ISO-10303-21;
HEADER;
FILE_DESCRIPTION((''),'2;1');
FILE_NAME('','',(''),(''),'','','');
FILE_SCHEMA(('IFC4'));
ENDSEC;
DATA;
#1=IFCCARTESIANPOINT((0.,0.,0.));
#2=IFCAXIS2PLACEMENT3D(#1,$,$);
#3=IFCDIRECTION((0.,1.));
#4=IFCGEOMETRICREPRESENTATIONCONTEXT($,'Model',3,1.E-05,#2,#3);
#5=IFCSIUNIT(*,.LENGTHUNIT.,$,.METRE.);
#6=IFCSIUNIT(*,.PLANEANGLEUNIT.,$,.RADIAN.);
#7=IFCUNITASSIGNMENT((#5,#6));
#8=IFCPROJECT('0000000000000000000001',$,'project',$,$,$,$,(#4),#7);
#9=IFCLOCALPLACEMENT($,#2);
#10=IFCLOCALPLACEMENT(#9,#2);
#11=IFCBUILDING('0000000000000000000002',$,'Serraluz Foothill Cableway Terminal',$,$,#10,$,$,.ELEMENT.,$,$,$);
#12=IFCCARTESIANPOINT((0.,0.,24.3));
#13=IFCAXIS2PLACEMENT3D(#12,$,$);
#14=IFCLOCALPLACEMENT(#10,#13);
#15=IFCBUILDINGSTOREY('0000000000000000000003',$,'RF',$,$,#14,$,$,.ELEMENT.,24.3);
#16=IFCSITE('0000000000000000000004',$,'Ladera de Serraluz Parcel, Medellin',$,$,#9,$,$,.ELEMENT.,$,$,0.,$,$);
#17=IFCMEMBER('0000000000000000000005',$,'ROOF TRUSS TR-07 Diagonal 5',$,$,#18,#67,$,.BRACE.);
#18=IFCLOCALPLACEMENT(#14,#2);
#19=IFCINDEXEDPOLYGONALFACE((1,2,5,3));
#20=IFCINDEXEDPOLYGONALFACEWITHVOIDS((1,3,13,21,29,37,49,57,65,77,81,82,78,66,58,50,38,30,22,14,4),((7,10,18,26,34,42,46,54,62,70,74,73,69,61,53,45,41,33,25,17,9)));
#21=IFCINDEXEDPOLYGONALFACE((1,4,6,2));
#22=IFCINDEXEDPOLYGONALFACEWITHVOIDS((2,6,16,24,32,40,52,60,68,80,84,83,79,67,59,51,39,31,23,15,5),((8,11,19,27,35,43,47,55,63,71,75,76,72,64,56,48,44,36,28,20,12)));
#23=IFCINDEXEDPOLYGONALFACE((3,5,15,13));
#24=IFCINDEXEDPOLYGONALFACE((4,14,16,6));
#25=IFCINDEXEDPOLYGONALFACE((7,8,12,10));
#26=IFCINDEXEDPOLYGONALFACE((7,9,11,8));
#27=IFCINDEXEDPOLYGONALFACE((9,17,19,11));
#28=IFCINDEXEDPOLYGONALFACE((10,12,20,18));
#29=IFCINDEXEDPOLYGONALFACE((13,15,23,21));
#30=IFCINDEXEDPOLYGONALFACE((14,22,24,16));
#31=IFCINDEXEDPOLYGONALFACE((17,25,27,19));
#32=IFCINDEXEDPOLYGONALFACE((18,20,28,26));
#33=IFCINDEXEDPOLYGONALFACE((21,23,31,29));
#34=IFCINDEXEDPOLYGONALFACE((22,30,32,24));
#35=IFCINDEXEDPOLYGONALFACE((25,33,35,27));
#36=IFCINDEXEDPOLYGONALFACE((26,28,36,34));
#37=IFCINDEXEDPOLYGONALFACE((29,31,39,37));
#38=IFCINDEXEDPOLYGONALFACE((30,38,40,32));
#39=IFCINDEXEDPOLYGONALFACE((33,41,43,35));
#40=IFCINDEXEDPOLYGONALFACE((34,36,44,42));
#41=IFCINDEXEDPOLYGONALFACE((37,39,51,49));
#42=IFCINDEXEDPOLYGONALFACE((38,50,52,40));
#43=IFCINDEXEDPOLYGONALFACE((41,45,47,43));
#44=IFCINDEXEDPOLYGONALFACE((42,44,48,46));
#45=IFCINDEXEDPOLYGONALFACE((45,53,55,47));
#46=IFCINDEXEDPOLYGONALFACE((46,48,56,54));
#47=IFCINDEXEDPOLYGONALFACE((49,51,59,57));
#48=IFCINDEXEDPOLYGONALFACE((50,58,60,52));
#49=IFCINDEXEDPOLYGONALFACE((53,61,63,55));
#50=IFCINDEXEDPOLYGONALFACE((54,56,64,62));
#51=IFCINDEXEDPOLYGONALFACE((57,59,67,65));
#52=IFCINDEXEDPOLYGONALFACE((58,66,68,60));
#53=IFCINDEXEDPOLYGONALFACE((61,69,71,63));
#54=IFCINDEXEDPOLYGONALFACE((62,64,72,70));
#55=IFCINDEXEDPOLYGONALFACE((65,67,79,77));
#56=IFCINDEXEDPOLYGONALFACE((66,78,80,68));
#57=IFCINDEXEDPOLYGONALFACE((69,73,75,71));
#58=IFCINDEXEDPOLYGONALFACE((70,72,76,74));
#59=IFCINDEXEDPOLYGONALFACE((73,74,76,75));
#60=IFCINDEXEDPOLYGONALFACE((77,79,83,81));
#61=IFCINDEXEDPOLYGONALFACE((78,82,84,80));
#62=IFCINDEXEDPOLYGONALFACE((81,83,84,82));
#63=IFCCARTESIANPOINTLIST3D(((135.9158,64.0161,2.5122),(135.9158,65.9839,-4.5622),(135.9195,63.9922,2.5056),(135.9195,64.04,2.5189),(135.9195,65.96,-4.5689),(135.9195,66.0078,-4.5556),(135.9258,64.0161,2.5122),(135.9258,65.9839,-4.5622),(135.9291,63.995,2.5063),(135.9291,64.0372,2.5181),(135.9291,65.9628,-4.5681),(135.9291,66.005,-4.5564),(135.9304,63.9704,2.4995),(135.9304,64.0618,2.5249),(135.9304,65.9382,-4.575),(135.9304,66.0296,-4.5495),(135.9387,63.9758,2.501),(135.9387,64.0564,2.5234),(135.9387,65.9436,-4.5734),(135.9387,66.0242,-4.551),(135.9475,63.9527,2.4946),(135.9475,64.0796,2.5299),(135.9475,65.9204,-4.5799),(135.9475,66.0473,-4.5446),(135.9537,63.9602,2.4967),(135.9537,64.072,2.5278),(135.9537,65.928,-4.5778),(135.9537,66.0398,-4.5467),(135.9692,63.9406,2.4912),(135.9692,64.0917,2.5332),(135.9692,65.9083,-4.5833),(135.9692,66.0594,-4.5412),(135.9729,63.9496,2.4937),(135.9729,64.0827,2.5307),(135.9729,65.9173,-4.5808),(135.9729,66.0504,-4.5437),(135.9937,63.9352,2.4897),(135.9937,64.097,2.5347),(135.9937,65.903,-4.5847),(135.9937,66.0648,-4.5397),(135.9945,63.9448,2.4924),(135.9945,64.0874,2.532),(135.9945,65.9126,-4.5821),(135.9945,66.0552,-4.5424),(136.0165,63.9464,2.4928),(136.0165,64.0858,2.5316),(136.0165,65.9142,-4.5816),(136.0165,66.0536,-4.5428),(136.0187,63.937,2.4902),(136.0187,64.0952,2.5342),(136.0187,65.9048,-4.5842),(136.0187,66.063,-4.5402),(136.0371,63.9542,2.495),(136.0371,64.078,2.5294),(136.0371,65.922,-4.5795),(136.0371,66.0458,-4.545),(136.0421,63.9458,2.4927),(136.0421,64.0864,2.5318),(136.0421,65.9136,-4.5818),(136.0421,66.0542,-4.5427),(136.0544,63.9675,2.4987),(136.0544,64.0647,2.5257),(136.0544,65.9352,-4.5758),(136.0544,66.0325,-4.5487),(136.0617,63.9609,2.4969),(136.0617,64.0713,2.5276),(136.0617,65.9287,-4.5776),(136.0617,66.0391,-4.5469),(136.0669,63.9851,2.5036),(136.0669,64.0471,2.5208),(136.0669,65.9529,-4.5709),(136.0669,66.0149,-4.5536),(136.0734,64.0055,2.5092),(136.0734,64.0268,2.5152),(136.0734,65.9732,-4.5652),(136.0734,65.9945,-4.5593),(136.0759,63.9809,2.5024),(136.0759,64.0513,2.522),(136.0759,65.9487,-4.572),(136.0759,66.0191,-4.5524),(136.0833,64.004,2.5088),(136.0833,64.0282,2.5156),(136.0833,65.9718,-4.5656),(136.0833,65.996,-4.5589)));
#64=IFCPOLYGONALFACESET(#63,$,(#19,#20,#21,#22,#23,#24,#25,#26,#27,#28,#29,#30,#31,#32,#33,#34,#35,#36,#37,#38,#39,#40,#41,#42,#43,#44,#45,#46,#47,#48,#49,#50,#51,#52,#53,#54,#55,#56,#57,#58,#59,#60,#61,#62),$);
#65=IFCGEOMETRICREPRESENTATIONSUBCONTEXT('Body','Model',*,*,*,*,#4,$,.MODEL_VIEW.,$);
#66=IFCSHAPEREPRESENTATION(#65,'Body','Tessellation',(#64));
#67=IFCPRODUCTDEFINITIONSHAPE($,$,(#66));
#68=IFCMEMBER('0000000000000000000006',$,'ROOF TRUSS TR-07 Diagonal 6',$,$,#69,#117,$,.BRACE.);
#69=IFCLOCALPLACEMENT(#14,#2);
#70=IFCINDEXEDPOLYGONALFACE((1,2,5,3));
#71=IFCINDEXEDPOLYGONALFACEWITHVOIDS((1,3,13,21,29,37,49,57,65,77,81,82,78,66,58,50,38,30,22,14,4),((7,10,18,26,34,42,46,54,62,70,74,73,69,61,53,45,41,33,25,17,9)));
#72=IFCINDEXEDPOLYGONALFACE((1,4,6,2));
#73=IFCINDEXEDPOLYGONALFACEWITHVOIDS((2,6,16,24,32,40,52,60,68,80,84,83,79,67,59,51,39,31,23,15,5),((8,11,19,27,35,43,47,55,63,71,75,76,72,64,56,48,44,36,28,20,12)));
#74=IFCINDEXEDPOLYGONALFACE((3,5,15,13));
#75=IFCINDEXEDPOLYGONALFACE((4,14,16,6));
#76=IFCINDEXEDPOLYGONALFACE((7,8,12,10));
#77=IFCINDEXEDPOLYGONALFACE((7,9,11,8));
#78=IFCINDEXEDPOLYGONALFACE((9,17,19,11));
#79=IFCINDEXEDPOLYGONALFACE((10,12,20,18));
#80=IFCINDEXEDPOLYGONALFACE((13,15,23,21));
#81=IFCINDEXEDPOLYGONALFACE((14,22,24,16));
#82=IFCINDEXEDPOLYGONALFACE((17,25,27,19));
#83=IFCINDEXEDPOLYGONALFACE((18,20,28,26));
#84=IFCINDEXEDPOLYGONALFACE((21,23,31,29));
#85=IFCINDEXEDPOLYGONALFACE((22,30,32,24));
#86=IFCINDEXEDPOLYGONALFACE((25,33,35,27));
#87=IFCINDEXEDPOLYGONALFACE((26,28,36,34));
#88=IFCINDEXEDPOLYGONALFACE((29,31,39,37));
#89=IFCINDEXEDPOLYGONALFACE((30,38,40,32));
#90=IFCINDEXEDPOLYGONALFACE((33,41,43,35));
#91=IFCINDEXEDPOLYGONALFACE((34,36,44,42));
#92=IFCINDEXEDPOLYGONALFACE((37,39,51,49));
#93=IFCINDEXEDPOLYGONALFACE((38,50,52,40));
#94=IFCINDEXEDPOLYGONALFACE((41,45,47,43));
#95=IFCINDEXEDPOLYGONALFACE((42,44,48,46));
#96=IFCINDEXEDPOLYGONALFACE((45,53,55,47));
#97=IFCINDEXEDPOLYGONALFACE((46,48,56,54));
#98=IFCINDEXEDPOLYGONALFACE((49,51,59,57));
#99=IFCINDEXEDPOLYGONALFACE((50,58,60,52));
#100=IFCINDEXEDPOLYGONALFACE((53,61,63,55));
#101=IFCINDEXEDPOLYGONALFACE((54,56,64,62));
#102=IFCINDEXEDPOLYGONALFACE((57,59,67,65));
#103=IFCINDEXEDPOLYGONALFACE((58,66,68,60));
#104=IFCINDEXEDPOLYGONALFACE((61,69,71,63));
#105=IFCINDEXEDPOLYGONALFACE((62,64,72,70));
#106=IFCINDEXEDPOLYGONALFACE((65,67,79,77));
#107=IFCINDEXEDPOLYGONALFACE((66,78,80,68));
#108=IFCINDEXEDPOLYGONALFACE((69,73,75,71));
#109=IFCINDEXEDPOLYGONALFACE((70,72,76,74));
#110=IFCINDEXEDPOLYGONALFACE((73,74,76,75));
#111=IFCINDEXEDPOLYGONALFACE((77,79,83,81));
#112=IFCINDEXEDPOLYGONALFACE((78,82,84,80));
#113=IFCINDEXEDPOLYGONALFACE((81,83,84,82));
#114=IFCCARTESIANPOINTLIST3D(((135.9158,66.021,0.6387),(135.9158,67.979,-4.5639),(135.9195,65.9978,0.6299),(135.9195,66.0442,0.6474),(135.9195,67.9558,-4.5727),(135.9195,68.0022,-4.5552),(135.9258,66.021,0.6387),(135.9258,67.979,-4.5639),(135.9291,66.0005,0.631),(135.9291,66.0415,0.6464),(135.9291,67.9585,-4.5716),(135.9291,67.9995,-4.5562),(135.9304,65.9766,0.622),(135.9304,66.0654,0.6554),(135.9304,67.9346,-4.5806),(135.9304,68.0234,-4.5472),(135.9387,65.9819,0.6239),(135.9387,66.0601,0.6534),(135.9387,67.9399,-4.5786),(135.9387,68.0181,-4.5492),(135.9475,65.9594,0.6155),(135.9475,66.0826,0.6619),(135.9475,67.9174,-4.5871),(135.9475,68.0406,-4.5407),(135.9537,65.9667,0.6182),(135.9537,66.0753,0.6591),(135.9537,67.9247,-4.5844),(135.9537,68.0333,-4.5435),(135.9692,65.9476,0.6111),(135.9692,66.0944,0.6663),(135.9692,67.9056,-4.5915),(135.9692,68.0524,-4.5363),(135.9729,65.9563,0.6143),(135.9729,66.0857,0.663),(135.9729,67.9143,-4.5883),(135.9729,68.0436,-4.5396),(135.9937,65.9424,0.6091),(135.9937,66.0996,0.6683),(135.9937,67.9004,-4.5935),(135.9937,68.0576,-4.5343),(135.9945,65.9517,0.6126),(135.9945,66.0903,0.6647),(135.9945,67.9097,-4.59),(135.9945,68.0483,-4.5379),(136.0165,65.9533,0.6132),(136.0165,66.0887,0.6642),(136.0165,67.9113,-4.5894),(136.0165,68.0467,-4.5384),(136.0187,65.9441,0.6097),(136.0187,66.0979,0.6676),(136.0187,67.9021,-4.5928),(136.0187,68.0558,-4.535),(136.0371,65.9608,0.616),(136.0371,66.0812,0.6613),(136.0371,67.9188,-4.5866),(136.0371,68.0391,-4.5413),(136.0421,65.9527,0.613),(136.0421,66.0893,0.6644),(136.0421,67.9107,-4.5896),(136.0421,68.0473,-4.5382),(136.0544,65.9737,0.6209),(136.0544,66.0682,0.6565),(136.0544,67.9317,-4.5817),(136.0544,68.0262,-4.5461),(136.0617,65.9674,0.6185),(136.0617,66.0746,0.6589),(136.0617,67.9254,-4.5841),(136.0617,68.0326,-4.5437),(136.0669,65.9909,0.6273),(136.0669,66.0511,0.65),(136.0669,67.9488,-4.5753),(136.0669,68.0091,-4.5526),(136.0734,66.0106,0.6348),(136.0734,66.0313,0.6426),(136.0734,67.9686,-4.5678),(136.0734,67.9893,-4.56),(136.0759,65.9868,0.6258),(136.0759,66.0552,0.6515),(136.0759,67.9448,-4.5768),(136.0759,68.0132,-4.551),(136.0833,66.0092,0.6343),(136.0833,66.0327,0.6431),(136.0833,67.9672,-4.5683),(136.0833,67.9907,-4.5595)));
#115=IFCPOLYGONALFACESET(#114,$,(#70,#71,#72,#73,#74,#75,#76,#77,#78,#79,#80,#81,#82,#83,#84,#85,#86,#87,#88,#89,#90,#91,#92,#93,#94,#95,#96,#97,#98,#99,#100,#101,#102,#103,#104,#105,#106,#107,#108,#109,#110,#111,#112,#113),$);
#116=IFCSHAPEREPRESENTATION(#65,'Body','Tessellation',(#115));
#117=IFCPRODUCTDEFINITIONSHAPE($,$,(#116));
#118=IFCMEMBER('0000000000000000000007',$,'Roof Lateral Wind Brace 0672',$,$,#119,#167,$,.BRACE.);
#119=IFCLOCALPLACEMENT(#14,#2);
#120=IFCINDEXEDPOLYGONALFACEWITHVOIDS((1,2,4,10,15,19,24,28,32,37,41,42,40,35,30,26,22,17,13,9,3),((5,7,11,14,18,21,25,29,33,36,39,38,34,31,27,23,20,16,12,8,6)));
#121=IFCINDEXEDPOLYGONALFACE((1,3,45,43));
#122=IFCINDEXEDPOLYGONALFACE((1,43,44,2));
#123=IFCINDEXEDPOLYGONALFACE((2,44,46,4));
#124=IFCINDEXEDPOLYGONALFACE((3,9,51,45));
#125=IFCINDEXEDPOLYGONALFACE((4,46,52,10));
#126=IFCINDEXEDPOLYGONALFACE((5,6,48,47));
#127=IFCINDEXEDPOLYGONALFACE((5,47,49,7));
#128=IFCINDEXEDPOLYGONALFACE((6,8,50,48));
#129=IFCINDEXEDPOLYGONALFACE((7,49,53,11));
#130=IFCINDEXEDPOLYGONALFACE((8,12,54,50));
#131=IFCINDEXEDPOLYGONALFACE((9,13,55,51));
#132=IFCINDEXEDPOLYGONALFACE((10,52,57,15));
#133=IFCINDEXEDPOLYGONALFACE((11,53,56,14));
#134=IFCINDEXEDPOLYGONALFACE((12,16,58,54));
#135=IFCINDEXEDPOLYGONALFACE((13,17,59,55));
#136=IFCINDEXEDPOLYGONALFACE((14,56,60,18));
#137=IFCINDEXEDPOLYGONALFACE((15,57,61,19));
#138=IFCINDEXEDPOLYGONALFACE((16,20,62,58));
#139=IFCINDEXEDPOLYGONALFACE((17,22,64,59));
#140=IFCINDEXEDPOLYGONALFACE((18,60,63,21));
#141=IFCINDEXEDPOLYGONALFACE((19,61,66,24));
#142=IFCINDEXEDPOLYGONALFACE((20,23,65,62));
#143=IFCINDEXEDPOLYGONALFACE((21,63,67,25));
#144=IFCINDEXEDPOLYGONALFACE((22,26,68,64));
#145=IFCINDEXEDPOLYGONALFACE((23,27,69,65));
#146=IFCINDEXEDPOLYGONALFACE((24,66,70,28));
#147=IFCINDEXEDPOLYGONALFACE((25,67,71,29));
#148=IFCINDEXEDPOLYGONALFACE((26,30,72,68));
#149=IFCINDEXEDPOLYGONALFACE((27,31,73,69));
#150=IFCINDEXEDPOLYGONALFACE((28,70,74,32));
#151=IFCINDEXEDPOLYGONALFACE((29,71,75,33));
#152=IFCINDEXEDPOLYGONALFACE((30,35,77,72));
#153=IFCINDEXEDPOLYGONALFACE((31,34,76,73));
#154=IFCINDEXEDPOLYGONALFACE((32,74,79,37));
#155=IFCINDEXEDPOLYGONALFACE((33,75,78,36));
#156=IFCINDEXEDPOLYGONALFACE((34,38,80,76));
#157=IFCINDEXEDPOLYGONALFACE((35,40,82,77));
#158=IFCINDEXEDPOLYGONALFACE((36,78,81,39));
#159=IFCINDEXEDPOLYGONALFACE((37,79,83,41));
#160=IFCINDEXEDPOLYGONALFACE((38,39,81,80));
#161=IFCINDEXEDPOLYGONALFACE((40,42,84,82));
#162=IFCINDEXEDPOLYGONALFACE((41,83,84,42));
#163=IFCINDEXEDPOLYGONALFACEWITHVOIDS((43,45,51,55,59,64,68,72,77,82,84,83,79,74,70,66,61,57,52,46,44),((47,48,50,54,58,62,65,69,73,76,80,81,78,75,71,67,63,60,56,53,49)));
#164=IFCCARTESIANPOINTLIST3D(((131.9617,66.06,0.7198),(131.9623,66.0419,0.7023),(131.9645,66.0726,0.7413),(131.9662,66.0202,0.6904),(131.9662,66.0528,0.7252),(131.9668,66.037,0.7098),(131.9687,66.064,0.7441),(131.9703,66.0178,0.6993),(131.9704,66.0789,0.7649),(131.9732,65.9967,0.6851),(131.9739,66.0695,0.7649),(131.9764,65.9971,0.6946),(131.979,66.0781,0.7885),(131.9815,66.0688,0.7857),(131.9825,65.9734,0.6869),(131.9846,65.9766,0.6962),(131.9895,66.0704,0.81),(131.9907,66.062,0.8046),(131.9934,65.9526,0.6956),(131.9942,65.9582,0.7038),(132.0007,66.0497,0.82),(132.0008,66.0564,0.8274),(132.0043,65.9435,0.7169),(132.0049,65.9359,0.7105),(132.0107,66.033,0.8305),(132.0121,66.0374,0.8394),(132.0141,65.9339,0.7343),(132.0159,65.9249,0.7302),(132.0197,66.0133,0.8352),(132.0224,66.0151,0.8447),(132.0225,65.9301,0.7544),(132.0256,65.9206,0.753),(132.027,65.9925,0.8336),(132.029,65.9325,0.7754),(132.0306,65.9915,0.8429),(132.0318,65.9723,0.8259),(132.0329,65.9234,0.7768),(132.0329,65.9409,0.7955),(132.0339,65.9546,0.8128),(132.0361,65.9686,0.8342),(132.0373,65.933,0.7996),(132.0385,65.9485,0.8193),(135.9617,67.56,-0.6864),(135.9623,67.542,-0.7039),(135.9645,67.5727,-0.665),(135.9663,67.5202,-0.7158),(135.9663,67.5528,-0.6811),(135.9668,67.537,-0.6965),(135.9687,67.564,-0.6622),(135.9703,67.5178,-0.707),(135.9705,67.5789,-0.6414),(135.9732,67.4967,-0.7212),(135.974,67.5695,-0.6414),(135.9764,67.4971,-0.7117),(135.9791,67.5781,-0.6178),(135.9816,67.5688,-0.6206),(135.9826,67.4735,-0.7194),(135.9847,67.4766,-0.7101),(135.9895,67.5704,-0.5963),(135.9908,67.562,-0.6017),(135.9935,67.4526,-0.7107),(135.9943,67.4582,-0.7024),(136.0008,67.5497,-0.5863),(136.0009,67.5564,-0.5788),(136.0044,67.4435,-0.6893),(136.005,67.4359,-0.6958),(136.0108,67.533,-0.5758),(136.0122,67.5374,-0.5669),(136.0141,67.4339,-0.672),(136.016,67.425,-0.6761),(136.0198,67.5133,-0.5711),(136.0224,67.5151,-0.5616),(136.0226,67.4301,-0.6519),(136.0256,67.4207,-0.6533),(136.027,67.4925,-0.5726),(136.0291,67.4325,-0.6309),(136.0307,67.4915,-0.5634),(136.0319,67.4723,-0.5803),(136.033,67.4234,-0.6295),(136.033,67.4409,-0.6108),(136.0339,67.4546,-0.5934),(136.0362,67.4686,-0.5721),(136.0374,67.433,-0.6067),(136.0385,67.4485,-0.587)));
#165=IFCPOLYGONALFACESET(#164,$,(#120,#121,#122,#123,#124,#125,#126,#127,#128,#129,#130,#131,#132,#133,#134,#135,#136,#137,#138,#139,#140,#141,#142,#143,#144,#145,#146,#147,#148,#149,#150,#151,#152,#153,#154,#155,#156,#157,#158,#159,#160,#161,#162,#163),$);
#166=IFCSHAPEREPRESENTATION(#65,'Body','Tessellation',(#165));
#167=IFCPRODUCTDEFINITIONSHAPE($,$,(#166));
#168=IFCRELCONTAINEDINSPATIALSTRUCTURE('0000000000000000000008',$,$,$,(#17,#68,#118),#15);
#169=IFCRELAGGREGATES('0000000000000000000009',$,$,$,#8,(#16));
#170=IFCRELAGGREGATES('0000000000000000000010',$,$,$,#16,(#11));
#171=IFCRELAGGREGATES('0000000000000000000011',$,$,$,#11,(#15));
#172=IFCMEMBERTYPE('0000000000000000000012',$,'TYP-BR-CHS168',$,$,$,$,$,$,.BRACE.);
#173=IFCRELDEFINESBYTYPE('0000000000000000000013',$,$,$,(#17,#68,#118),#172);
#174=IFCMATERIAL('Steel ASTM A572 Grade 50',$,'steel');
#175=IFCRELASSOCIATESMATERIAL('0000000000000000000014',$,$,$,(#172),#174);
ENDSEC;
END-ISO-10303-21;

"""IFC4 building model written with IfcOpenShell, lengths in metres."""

from ifc_helpers import new_model, si_unit, direction, frame, origin, origin_2d, place, context, subcontext, project, spatial, hollow_circle, extrude, material, material_profile, profile_set, type_object, element, save


model = new_model("IFC4")

# Units and contexts
model_context = context("Model", 3, precision=1e-05, world=origin(), true_north=direction((0.0, 1.0)))
body_context = subcontext(model_context, "Body", "Model", "MODEL_VIEW")
ifc_project = project(units=[si_unit("LENGTHUNIT", "METRE"), si_unit("PLANEANGLEUNIT", "RADIAN")], contexts=[model_context])

# Site, building, storey
site_placement = place(None, origin())
site = spatial("IfcSite", under=ifc_project, at=site_placement, Name="Ladera de Serraluz Parcel, Medellin", CompositionType="ELEMENT", RefElevation=0.0)
building_placement = place(site_placement, origin())
building = spatial("IfcBuilding", under=site, at=building_placement, Name="Serraluz Foothill Cableway Terminal", CompositionType="ELEMENT")
storey_placement = place(building_placement, frame((0.0, 0.0, 24.3)))
storey = spatial("IfcBuildingStorey", under=building, at=storey_placement, Name="RF", CompositionType="ELEMENT", Elevation=24.3)

# Members
ifc_material_1 = material(Name="Steel ASTM A572 Grade 50", Category="steel")
ifc_material_profile_1 = material_profile(ifc_material_1, hollow_circle(Radius=0.0842, WallThickness=0.01, at=origin_2d()), Name="CHS168X10")
ifc_profile_set_1 = profile_set([ifc_material_profile_1], Name="Steel ASTM A572 Grade 50")
member_type_1 = type_object("IfcMemberType", Name="TYP-BR-CHS168", PredefinedType="BRACE", material=ifc_profile_set_1)
member_1_placement = place(storey_placement, frame((136.0, 64.0161, 2.5122), z_axis=(0.0, 0.267978, -0.963425), x_axis=(-1.0, 0.0, 0.0)))
element("IfcMember", 1, at=member_1_placement, inside=storey, type_object=member_type_1, Name="ROOF TRUSS TR-07 Diagonal 5", PredefinedType="BRACE", context=body_context, shape_type="SweptSolid", body=[
    extrude(hollow_circle(Radius=0.0842, WallThickness=0.01, at=origin_2d()), origin(), (0.0, 0.0, 1.0), 7.343),
])
member_2_placement = place(storey_placement, frame((136.0, 66.021, 0.6387), z_axis=(0.0, 0.35223, -0.935913), x_axis=(-1.0, 0.0, 0.0)))
element("IfcMember", 2, at=member_2_placement, inside=storey, type_object=member_type_1, Name="ROOF TRUSS TR-07 Diagonal 6", PredefinedType="BRACE", context=body_context, shape_type="SweptSolid", body=[
    extrude(hollow_circle(Radius=0.0842, WallThickness=0.01, at=origin_2d()), origin(), (0.0, 0.0, 1.0), 5.5588),
])
for number, where, z_axis, x_axis, name in (
    (3, (132.0, 66.0, 0.7649), (0.889382, 0.333518, -0.312673), (-0.351123, 0.936329, 0.0), "Roof Lateral Wind Brace 0672"),
):
    element("IfcMember", number, at=place(storey_placement, frame(where, z_axis=z_axis, x_axis=x_axis)), inside=storey, type_object=member_type_1, Name=name, PredefinedType="BRACE", context=body_context, shape_type="SweptSolid", body=[
        extrude(hollow_circle(Radius=0.0842, WallThickness=0.01, at=origin_2d()), origin(), (0.0, 0.0, 1.0), 4.4976),
    ])

save(model, "model.ifc")
